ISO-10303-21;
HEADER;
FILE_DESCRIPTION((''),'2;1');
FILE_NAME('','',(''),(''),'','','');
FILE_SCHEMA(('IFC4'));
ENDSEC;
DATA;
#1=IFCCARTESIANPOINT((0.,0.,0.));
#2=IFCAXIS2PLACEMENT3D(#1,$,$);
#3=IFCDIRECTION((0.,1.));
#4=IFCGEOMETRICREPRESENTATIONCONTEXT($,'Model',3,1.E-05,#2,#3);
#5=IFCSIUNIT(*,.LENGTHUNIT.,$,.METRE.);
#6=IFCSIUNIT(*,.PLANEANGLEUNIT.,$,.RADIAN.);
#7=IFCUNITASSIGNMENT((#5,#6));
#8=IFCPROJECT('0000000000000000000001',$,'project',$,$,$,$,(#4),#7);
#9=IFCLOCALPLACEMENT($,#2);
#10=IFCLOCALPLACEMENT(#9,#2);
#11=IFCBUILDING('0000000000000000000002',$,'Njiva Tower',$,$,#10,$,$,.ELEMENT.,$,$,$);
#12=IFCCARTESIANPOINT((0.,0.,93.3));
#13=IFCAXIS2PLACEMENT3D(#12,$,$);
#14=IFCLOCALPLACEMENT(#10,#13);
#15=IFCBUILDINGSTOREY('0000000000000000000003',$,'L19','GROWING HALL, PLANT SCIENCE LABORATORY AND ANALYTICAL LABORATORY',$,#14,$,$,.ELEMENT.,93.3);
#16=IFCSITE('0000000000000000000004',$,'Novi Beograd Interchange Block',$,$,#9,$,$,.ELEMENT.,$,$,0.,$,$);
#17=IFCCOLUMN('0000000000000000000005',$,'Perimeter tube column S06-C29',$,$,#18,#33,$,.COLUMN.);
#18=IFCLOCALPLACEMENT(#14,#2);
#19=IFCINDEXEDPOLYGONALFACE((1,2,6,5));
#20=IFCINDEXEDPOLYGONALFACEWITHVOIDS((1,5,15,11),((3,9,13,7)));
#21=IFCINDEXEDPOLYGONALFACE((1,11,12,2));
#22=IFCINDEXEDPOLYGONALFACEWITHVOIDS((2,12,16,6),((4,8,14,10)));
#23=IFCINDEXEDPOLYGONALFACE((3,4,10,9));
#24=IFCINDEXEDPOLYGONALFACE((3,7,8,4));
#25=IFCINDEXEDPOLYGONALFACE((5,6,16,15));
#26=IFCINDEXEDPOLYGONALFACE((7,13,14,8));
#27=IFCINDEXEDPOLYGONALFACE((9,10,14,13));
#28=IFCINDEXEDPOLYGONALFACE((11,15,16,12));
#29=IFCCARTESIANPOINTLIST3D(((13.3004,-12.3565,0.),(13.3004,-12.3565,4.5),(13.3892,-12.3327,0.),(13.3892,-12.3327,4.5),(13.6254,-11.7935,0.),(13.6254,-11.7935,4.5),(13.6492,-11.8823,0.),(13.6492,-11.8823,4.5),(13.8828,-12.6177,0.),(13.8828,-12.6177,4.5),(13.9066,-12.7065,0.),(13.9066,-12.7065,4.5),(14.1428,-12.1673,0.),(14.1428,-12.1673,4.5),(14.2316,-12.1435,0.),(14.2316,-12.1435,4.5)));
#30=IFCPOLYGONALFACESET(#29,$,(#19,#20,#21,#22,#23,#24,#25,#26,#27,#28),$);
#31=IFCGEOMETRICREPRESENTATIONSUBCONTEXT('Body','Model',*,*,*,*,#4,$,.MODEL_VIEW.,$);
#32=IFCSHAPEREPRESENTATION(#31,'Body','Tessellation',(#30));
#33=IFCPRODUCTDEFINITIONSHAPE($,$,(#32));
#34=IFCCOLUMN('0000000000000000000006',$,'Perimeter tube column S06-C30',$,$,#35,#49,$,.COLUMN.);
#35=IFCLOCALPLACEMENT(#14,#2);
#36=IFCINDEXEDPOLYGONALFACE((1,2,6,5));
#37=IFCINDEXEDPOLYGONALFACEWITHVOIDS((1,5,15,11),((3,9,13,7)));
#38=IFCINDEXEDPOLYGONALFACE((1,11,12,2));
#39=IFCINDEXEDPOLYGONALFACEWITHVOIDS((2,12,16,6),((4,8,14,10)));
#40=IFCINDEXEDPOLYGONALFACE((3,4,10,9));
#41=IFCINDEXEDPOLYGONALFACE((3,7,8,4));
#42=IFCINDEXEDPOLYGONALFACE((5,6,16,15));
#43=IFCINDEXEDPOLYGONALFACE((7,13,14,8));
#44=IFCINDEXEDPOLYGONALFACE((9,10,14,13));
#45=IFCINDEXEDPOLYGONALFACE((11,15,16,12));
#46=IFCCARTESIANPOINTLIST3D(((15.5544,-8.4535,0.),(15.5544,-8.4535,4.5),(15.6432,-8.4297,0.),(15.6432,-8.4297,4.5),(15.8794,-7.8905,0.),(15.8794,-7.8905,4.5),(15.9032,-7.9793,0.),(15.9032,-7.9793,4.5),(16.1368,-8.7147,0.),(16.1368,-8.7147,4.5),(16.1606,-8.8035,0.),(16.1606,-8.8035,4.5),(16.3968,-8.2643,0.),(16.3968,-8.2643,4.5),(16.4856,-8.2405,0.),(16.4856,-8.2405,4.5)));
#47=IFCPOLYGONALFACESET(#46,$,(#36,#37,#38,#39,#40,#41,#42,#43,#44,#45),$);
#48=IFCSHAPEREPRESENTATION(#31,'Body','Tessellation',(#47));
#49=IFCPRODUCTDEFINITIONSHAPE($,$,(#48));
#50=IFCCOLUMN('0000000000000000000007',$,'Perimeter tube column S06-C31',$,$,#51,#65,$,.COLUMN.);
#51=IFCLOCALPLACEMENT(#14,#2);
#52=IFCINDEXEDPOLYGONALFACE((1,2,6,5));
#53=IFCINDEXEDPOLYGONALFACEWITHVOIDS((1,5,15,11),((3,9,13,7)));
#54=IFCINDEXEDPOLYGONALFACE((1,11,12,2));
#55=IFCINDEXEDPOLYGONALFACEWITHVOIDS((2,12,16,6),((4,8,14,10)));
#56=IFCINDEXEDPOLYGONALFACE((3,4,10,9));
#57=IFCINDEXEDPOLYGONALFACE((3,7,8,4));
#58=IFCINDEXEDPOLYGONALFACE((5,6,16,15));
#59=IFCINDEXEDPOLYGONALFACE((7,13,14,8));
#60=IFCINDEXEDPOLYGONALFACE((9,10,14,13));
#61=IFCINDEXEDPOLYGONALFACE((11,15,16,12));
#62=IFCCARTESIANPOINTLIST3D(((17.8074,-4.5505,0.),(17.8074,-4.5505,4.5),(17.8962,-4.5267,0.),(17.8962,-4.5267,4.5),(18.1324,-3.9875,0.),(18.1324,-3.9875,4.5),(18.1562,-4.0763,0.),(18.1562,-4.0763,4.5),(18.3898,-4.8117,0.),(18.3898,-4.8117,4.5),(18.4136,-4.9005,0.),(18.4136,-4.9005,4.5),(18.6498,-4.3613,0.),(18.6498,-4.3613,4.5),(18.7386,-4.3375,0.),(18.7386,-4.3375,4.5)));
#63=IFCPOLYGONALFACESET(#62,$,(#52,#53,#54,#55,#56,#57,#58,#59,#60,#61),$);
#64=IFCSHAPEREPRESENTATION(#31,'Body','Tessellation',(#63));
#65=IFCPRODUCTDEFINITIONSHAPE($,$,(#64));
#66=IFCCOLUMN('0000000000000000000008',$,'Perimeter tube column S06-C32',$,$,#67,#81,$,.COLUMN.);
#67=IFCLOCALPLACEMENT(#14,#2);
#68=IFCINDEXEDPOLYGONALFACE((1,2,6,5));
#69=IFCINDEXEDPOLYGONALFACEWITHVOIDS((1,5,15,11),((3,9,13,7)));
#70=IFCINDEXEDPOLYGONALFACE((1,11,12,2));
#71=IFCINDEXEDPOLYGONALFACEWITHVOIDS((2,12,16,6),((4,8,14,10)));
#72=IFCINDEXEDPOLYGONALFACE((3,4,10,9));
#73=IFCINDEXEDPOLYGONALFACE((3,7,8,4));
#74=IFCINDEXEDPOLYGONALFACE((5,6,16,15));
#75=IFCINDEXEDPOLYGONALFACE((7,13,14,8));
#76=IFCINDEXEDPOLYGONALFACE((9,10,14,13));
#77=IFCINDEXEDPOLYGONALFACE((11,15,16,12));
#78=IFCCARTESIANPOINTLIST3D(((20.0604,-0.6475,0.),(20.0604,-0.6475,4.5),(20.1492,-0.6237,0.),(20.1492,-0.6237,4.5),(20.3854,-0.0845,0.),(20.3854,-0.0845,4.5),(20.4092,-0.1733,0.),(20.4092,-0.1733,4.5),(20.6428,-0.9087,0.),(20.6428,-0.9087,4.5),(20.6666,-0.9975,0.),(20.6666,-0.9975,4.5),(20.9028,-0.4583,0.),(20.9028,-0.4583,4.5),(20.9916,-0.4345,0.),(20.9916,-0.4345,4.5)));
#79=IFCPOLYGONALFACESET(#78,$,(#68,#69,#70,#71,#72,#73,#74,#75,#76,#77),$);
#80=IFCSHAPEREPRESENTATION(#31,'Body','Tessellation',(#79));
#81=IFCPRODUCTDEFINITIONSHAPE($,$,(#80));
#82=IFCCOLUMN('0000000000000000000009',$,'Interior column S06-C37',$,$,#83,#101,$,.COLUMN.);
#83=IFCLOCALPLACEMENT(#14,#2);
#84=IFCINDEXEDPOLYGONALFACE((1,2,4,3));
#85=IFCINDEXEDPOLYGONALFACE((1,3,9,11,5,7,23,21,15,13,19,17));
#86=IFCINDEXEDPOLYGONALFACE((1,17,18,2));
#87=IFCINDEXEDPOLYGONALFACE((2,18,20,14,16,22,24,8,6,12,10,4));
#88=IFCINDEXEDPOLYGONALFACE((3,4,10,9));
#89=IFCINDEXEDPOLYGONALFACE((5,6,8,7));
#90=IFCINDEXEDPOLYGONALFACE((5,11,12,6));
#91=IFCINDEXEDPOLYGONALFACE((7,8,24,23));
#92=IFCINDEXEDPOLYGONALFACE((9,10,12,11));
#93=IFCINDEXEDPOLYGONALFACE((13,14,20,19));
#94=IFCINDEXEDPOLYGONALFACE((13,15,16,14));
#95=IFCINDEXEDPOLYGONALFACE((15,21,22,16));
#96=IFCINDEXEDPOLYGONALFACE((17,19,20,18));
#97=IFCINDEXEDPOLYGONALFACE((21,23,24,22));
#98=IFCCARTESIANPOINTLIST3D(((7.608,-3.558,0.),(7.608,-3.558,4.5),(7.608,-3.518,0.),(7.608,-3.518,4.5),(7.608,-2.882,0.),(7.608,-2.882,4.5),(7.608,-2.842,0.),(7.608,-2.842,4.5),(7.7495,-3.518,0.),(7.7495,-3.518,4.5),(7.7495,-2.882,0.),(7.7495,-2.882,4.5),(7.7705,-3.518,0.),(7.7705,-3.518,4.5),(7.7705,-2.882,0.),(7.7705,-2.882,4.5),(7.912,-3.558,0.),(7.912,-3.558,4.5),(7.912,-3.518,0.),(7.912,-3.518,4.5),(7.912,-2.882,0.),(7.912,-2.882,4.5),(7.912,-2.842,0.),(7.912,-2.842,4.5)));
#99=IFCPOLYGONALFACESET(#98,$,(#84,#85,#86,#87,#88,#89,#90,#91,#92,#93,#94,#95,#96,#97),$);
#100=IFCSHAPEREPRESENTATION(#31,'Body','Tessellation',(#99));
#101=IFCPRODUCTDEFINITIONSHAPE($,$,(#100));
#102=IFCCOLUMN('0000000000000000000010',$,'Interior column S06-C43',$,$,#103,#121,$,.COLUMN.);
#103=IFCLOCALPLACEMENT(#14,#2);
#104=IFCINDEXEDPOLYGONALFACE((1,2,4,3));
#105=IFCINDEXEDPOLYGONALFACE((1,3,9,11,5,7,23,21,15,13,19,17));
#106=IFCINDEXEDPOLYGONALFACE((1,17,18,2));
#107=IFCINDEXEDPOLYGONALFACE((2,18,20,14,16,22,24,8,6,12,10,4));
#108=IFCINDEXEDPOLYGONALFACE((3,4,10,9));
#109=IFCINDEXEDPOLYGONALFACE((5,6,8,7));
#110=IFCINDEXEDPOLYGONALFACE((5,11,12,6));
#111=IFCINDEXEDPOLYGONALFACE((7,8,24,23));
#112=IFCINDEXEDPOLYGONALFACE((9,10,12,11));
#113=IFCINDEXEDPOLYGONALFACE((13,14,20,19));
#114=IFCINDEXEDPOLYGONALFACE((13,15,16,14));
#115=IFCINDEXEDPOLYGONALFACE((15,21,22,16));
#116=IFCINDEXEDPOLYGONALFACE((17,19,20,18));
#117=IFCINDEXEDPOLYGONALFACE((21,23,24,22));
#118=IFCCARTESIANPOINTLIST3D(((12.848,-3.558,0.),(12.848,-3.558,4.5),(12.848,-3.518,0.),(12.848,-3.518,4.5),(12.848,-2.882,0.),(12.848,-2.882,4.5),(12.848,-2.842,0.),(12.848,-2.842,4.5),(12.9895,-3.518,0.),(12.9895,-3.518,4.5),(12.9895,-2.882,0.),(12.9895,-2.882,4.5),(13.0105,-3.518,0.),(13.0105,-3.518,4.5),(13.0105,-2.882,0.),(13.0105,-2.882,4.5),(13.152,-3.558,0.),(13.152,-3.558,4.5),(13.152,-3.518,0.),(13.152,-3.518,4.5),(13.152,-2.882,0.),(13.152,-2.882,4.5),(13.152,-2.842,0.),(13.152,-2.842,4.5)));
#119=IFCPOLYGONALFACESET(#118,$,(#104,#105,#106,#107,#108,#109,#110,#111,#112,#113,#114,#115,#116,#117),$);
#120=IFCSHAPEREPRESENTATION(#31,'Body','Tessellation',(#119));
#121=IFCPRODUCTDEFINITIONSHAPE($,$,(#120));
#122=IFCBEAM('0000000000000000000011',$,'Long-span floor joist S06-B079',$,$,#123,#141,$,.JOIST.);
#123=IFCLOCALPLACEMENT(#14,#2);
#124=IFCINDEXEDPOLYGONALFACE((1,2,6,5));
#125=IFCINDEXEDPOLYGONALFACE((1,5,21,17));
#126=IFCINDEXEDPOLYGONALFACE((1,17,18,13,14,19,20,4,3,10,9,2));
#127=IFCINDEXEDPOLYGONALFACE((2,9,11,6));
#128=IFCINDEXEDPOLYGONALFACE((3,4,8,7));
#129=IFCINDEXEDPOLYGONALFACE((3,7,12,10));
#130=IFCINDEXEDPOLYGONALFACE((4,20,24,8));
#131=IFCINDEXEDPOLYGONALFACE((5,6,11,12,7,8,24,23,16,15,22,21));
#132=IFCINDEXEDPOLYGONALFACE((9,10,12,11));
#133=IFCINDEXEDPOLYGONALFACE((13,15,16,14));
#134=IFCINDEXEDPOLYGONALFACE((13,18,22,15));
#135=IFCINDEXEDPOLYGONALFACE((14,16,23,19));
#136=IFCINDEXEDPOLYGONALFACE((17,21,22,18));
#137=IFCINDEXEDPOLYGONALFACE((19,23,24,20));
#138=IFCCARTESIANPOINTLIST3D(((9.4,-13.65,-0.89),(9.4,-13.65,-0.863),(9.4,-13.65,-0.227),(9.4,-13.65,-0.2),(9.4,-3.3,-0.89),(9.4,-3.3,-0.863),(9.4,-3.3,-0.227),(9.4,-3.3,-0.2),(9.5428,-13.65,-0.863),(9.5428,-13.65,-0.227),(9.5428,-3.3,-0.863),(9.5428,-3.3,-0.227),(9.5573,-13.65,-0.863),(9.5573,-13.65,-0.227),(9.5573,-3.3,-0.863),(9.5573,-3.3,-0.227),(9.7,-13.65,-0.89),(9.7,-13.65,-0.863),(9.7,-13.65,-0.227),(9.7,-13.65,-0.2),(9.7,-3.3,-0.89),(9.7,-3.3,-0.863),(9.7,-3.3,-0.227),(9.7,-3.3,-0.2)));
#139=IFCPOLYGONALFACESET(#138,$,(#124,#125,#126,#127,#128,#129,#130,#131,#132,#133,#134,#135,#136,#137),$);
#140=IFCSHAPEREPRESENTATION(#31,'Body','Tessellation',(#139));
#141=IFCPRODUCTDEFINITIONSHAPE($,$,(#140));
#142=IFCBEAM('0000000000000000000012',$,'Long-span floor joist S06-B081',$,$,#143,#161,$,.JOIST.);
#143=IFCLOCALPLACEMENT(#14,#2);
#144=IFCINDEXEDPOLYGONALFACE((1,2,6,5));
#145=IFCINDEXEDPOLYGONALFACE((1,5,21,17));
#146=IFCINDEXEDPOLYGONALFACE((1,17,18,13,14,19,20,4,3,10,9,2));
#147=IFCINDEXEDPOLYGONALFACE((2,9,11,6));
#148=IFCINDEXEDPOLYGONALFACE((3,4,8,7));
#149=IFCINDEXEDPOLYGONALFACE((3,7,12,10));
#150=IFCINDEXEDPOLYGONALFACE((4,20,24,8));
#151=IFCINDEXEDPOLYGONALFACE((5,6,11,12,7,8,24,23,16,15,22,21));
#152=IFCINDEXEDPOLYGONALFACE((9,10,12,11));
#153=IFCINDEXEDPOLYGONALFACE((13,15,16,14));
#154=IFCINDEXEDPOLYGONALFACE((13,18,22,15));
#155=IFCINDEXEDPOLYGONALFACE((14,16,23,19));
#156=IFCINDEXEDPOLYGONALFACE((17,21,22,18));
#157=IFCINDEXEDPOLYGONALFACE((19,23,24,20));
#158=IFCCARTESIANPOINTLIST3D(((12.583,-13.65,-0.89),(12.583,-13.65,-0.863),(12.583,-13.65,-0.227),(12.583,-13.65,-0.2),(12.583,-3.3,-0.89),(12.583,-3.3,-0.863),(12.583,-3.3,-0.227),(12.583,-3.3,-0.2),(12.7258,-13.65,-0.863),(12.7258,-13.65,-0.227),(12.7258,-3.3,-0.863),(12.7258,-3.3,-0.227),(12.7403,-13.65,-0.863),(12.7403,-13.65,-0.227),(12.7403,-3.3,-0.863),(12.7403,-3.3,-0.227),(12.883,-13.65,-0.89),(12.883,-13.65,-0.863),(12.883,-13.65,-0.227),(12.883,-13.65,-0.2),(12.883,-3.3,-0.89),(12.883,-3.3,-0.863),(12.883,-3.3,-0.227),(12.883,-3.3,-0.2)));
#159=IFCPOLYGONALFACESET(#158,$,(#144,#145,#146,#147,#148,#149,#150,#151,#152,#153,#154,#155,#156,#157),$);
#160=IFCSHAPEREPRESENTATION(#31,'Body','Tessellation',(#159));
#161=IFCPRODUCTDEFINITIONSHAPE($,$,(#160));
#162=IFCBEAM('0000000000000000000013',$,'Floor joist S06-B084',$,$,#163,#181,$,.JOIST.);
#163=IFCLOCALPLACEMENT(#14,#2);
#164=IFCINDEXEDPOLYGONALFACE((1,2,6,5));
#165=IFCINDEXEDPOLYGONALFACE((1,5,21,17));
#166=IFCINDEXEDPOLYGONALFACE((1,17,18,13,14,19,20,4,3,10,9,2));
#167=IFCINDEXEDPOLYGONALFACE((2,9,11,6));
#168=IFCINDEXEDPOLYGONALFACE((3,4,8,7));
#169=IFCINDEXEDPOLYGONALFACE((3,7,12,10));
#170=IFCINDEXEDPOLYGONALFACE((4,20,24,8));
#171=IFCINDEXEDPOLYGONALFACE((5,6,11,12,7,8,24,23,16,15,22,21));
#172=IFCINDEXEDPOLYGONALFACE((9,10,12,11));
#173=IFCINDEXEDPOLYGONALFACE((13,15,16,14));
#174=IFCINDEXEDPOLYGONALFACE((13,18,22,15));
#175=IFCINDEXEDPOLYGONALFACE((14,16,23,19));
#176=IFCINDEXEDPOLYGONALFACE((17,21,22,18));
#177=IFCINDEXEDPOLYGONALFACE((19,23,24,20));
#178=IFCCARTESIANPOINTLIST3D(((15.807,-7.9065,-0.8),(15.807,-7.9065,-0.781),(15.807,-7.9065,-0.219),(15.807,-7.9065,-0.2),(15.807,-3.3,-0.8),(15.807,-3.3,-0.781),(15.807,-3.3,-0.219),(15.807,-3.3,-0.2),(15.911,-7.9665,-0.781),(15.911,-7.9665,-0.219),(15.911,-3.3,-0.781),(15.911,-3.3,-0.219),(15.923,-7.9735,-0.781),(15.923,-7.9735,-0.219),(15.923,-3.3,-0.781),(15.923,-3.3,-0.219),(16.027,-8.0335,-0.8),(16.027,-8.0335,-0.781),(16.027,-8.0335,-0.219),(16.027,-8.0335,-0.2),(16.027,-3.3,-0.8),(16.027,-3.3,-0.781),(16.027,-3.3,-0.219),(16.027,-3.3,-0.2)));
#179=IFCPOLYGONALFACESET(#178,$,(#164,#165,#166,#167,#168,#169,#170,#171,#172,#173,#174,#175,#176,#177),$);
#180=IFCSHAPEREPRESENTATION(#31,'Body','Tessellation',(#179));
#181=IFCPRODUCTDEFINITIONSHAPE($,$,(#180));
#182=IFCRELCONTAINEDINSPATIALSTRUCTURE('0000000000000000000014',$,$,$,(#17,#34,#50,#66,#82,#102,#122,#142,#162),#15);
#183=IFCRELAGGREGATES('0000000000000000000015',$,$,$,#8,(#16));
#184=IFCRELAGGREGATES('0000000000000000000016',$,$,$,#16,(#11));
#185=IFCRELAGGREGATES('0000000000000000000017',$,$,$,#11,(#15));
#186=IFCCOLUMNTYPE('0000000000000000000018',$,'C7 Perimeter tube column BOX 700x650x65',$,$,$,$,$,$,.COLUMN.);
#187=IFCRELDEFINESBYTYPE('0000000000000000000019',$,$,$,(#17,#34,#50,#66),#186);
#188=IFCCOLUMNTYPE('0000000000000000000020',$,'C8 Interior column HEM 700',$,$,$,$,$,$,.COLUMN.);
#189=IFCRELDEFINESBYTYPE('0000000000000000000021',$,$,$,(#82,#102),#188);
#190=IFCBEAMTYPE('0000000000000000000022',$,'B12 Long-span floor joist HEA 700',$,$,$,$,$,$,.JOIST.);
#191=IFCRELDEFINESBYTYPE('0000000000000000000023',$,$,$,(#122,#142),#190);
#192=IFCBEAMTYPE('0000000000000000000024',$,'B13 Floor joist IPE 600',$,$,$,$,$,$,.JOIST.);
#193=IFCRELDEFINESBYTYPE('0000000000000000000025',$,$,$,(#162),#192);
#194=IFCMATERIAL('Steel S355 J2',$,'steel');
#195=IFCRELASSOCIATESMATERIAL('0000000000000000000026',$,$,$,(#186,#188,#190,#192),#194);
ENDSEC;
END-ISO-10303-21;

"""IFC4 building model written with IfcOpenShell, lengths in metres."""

from ifc_helpers import new_model, si_unit, direction, frame, origin, origin_2d, place, context, subcontext, project, spatial, hollow_rectangle, i_section, extrude, clip, halfspace, material, material_profile, profile_set, type_object, element, save


model = new_model("IFC4")

# Units and contexts
model_context = context("Model", 3, precision=1e-05, world=origin(), true_north=direction((0.0, 1.0)))
body_context = subcontext(model_context, "Body", "Model", "MODEL_VIEW")
ifc_project = project(units=[si_unit("LENGTHUNIT", "METRE"), si_unit("PLANEANGLEUNIT", "RADIAN")], contexts=[model_context])

# Site, building, storey
site_placement = place(None, origin())
site = spatial("IfcSite", under=ifc_project, at=site_placement, Name="Novi Beograd Interchange Block", CompositionType="ELEMENT", RefElevation=0.0)
building_placement = place(site_placement, origin())
building = spatial("IfcBuilding", under=site, at=building_placement, Name="Njiva Tower", CompositionType="ELEMENT")
storey_placement = place(building_placement, frame((0.0, 0.0, 93.3)))
storey = spatial("IfcBuildingStorey", under=building, at=storey_placement, Name="L19", Description="GROWING HALL, PLANT SCIENCE LABORATORY AND ANALYTICAL LABORATORY", CompositionType="ELEMENT", Elevation=93.3)

# Columns
ifc_material_1 = material(Name="Steel S355 J2", Category="steel")
ifc_material_profile_1 = material_profile(ifc_material_1, hollow_rectangle(XDim=0.65, YDim=0.7, WallThickness=0.065, at=origin_2d()), Name="BOX 700x650x65")
ifc_profile_set_1 = profile_set([ifc_material_profile_1], Name="Steel S355 J2")
column_type_1 = type_object("IfcColumnType", Name="C7 Perimeter tube column BOX 700x650x65", PredefinedType="COLUMN", material=ifc_profile_set_1)
for number, where, z_axis, x_axis, name in (
    (1, (13.766, -12.25, 0.0), (0.0, 0.0, 1.0), (0.5, 0.866025, 0.0), "Perimeter tube column S06-C29"),
    (2, (16.02, -8.347, 0.0), (0.0, 0.0, 1.0), (0.5, 0.866025, 0.0), "Perimeter tube column S06-C30"),
    (3, (18.273, -4.444, 0.0), (0.0, 0.0, 1.0), (0.5, 0.866025, 0.0), "Perimeter tube column S06-C31"),
    (4, (20.526, -0.541, 0.0), (0.0, 0.0, 1.0), (0.5, 0.866025, 0.0), "Perimeter tube column S06-C32"),
):
    element("IfcColumn", number, at=place(storey_placement, frame(where, z_axis=z_axis, x_axis=x_axis)), inside=storey, type_object=column_type_1, Name=name, PredefinedType="COLUMN", context=body_context, shape_type="SweptSolid", body=[
        extrude(hollow_rectangle(XDim=0.65, YDim=0.7, WallThickness=0.065, at=origin_2d()), origin(), (0.0, 0.0, 1.0), 4.5),
    ])
ifc_material_profile_2 = material_profile(ifc_material_1, i_section(OverallWidth=0.304, OverallDepth=0.716, WebThickness=0.021, FlangeThickness=0.04, at=origin_2d()), Name="HEM 700")
ifc_profile_set_2 = profile_set([ifc_material_profile_2], Name="Steel S355 J2")
column_type_2 = type_object("IfcColumnType", Name="C8 Interior column HEM 700", PredefinedType="COLUMN", material=ifc_profile_set_2)
for number, where, z_axis, x_axis, name in (
    (5, (7.76, -3.2, 0.0), (0.0, 0.0, 1.0), (1.0, 0.0, 0.0), "Interior column S06-C37"),
    (6, (13.0, -3.2, 0.0), (0.0, 0.0, 1.0), (1.0, 0.0, 0.0), "Interior column S06-C43"),
):
    element("IfcColumn", number, at=place(storey_placement, frame(where, z_axis=z_axis, x_axis=x_axis)), inside=storey, type_object=column_type_2, Name=name, PredefinedType="COLUMN", context=body_context, shape_type="SweptSolid", body=[
        extrude(i_section(OverallWidth=0.304, OverallDepth=0.716, WebThickness=0.021, FlangeThickness=0.04, at=origin_2d()), origin(), (0.0, 0.0, 1.0), 4.5),
    ])

# Beams
ifc_material_profile_3 = material_profile(ifc_material_1, i_section(OverallWidth=0.3, OverallDepth=0.69, WebThickness=0.0145, FlangeThickness=0.027, at=origin_2d()), Name="HEA 700")
ifc_profile_set_3 = profile_set([ifc_material_profile_3], Name="Steel S355 J2")
beam_type_1 = type_object("IfcBeamType", Name="B12 Long-span floor joist HEA 700", PredefinedType="JOIST", material=ifc_profile_set_3)
for number, where, z_axis, x_axis, name in (
    (7, (9.55, -3.3, -0.545), (0.0, -1.0, 0.0), (1.0, 0.0, 0.0), "Long-span floor joist S06-B079"),
    (8, (12.733, -3.3, -0.545), (0.0, -1.0, 0.0), (1.0, 0.0, 0.0), "Long-span floor joist S06-B081"),
):
    element("IfcBeam", number, at=place(storey_placement, frame(where, z_axis=z_axis, x_axis=x_axis)), inside=storey, type_object=beam_type_1, Name=name, PredefinedType="JOIST", context=body_context, shape_type="SweptSolid", body=[
        extrude(i_section(OverallWidth=0.3, OverallDepth=0.69, WebThickness=0.0145, FlangeThickness=0.027, at=origin_2d()), origin(), (0.0, 0.0, 1.0), 10.35),
    ])
ifc_material_profile_4 = material_profile(ifc_material_1, i_section(OverallWidth=0.22, OverallDepth=0.6, WebThickness=0.012, FlangeThickness=0.019, at=origin_2d()), Name="IPE 600")
ifc_profile_set_4 = profile_set([ifc_material_profile_4], Name="Steel S355 J2")
beam_type_2 = type_object("IfcBeamType", Name="B13 Floor joist IPE 600", PredefinedType="JOIST", material=ifc_profile_set_4)
beam_1_placement = place(storey_placement, frame((15.917, -3.3, -0.5), z_axis=(0.0, -1.0, 0.0), x_axis=(1.0, 0.0, 0.0)))
element("IfcBeam", 9, at=beam_1_placement, inside=storey, type_object=beam_type_2, Name="Floor joist S06-B084", PredefinedType="JOIST", context=body_context, shape_type="Clipping", body=[
    clip(extrude(i_section(OverallWidth=0.22, OverallDepth=0.6, WebThickness=0.012, FlangeThickness=0.019, at=origin_2d()), origin(), (0.0, 0.0, 1.0), 4.754), halfspace(frame((-0.0253, 0.0, 4.6554), z_axis=(-0.499998, 0.0, 0.866027), x_axis=(0.0, 1.0, 0.0)), False)),
])

save(model, "model.ifc")
